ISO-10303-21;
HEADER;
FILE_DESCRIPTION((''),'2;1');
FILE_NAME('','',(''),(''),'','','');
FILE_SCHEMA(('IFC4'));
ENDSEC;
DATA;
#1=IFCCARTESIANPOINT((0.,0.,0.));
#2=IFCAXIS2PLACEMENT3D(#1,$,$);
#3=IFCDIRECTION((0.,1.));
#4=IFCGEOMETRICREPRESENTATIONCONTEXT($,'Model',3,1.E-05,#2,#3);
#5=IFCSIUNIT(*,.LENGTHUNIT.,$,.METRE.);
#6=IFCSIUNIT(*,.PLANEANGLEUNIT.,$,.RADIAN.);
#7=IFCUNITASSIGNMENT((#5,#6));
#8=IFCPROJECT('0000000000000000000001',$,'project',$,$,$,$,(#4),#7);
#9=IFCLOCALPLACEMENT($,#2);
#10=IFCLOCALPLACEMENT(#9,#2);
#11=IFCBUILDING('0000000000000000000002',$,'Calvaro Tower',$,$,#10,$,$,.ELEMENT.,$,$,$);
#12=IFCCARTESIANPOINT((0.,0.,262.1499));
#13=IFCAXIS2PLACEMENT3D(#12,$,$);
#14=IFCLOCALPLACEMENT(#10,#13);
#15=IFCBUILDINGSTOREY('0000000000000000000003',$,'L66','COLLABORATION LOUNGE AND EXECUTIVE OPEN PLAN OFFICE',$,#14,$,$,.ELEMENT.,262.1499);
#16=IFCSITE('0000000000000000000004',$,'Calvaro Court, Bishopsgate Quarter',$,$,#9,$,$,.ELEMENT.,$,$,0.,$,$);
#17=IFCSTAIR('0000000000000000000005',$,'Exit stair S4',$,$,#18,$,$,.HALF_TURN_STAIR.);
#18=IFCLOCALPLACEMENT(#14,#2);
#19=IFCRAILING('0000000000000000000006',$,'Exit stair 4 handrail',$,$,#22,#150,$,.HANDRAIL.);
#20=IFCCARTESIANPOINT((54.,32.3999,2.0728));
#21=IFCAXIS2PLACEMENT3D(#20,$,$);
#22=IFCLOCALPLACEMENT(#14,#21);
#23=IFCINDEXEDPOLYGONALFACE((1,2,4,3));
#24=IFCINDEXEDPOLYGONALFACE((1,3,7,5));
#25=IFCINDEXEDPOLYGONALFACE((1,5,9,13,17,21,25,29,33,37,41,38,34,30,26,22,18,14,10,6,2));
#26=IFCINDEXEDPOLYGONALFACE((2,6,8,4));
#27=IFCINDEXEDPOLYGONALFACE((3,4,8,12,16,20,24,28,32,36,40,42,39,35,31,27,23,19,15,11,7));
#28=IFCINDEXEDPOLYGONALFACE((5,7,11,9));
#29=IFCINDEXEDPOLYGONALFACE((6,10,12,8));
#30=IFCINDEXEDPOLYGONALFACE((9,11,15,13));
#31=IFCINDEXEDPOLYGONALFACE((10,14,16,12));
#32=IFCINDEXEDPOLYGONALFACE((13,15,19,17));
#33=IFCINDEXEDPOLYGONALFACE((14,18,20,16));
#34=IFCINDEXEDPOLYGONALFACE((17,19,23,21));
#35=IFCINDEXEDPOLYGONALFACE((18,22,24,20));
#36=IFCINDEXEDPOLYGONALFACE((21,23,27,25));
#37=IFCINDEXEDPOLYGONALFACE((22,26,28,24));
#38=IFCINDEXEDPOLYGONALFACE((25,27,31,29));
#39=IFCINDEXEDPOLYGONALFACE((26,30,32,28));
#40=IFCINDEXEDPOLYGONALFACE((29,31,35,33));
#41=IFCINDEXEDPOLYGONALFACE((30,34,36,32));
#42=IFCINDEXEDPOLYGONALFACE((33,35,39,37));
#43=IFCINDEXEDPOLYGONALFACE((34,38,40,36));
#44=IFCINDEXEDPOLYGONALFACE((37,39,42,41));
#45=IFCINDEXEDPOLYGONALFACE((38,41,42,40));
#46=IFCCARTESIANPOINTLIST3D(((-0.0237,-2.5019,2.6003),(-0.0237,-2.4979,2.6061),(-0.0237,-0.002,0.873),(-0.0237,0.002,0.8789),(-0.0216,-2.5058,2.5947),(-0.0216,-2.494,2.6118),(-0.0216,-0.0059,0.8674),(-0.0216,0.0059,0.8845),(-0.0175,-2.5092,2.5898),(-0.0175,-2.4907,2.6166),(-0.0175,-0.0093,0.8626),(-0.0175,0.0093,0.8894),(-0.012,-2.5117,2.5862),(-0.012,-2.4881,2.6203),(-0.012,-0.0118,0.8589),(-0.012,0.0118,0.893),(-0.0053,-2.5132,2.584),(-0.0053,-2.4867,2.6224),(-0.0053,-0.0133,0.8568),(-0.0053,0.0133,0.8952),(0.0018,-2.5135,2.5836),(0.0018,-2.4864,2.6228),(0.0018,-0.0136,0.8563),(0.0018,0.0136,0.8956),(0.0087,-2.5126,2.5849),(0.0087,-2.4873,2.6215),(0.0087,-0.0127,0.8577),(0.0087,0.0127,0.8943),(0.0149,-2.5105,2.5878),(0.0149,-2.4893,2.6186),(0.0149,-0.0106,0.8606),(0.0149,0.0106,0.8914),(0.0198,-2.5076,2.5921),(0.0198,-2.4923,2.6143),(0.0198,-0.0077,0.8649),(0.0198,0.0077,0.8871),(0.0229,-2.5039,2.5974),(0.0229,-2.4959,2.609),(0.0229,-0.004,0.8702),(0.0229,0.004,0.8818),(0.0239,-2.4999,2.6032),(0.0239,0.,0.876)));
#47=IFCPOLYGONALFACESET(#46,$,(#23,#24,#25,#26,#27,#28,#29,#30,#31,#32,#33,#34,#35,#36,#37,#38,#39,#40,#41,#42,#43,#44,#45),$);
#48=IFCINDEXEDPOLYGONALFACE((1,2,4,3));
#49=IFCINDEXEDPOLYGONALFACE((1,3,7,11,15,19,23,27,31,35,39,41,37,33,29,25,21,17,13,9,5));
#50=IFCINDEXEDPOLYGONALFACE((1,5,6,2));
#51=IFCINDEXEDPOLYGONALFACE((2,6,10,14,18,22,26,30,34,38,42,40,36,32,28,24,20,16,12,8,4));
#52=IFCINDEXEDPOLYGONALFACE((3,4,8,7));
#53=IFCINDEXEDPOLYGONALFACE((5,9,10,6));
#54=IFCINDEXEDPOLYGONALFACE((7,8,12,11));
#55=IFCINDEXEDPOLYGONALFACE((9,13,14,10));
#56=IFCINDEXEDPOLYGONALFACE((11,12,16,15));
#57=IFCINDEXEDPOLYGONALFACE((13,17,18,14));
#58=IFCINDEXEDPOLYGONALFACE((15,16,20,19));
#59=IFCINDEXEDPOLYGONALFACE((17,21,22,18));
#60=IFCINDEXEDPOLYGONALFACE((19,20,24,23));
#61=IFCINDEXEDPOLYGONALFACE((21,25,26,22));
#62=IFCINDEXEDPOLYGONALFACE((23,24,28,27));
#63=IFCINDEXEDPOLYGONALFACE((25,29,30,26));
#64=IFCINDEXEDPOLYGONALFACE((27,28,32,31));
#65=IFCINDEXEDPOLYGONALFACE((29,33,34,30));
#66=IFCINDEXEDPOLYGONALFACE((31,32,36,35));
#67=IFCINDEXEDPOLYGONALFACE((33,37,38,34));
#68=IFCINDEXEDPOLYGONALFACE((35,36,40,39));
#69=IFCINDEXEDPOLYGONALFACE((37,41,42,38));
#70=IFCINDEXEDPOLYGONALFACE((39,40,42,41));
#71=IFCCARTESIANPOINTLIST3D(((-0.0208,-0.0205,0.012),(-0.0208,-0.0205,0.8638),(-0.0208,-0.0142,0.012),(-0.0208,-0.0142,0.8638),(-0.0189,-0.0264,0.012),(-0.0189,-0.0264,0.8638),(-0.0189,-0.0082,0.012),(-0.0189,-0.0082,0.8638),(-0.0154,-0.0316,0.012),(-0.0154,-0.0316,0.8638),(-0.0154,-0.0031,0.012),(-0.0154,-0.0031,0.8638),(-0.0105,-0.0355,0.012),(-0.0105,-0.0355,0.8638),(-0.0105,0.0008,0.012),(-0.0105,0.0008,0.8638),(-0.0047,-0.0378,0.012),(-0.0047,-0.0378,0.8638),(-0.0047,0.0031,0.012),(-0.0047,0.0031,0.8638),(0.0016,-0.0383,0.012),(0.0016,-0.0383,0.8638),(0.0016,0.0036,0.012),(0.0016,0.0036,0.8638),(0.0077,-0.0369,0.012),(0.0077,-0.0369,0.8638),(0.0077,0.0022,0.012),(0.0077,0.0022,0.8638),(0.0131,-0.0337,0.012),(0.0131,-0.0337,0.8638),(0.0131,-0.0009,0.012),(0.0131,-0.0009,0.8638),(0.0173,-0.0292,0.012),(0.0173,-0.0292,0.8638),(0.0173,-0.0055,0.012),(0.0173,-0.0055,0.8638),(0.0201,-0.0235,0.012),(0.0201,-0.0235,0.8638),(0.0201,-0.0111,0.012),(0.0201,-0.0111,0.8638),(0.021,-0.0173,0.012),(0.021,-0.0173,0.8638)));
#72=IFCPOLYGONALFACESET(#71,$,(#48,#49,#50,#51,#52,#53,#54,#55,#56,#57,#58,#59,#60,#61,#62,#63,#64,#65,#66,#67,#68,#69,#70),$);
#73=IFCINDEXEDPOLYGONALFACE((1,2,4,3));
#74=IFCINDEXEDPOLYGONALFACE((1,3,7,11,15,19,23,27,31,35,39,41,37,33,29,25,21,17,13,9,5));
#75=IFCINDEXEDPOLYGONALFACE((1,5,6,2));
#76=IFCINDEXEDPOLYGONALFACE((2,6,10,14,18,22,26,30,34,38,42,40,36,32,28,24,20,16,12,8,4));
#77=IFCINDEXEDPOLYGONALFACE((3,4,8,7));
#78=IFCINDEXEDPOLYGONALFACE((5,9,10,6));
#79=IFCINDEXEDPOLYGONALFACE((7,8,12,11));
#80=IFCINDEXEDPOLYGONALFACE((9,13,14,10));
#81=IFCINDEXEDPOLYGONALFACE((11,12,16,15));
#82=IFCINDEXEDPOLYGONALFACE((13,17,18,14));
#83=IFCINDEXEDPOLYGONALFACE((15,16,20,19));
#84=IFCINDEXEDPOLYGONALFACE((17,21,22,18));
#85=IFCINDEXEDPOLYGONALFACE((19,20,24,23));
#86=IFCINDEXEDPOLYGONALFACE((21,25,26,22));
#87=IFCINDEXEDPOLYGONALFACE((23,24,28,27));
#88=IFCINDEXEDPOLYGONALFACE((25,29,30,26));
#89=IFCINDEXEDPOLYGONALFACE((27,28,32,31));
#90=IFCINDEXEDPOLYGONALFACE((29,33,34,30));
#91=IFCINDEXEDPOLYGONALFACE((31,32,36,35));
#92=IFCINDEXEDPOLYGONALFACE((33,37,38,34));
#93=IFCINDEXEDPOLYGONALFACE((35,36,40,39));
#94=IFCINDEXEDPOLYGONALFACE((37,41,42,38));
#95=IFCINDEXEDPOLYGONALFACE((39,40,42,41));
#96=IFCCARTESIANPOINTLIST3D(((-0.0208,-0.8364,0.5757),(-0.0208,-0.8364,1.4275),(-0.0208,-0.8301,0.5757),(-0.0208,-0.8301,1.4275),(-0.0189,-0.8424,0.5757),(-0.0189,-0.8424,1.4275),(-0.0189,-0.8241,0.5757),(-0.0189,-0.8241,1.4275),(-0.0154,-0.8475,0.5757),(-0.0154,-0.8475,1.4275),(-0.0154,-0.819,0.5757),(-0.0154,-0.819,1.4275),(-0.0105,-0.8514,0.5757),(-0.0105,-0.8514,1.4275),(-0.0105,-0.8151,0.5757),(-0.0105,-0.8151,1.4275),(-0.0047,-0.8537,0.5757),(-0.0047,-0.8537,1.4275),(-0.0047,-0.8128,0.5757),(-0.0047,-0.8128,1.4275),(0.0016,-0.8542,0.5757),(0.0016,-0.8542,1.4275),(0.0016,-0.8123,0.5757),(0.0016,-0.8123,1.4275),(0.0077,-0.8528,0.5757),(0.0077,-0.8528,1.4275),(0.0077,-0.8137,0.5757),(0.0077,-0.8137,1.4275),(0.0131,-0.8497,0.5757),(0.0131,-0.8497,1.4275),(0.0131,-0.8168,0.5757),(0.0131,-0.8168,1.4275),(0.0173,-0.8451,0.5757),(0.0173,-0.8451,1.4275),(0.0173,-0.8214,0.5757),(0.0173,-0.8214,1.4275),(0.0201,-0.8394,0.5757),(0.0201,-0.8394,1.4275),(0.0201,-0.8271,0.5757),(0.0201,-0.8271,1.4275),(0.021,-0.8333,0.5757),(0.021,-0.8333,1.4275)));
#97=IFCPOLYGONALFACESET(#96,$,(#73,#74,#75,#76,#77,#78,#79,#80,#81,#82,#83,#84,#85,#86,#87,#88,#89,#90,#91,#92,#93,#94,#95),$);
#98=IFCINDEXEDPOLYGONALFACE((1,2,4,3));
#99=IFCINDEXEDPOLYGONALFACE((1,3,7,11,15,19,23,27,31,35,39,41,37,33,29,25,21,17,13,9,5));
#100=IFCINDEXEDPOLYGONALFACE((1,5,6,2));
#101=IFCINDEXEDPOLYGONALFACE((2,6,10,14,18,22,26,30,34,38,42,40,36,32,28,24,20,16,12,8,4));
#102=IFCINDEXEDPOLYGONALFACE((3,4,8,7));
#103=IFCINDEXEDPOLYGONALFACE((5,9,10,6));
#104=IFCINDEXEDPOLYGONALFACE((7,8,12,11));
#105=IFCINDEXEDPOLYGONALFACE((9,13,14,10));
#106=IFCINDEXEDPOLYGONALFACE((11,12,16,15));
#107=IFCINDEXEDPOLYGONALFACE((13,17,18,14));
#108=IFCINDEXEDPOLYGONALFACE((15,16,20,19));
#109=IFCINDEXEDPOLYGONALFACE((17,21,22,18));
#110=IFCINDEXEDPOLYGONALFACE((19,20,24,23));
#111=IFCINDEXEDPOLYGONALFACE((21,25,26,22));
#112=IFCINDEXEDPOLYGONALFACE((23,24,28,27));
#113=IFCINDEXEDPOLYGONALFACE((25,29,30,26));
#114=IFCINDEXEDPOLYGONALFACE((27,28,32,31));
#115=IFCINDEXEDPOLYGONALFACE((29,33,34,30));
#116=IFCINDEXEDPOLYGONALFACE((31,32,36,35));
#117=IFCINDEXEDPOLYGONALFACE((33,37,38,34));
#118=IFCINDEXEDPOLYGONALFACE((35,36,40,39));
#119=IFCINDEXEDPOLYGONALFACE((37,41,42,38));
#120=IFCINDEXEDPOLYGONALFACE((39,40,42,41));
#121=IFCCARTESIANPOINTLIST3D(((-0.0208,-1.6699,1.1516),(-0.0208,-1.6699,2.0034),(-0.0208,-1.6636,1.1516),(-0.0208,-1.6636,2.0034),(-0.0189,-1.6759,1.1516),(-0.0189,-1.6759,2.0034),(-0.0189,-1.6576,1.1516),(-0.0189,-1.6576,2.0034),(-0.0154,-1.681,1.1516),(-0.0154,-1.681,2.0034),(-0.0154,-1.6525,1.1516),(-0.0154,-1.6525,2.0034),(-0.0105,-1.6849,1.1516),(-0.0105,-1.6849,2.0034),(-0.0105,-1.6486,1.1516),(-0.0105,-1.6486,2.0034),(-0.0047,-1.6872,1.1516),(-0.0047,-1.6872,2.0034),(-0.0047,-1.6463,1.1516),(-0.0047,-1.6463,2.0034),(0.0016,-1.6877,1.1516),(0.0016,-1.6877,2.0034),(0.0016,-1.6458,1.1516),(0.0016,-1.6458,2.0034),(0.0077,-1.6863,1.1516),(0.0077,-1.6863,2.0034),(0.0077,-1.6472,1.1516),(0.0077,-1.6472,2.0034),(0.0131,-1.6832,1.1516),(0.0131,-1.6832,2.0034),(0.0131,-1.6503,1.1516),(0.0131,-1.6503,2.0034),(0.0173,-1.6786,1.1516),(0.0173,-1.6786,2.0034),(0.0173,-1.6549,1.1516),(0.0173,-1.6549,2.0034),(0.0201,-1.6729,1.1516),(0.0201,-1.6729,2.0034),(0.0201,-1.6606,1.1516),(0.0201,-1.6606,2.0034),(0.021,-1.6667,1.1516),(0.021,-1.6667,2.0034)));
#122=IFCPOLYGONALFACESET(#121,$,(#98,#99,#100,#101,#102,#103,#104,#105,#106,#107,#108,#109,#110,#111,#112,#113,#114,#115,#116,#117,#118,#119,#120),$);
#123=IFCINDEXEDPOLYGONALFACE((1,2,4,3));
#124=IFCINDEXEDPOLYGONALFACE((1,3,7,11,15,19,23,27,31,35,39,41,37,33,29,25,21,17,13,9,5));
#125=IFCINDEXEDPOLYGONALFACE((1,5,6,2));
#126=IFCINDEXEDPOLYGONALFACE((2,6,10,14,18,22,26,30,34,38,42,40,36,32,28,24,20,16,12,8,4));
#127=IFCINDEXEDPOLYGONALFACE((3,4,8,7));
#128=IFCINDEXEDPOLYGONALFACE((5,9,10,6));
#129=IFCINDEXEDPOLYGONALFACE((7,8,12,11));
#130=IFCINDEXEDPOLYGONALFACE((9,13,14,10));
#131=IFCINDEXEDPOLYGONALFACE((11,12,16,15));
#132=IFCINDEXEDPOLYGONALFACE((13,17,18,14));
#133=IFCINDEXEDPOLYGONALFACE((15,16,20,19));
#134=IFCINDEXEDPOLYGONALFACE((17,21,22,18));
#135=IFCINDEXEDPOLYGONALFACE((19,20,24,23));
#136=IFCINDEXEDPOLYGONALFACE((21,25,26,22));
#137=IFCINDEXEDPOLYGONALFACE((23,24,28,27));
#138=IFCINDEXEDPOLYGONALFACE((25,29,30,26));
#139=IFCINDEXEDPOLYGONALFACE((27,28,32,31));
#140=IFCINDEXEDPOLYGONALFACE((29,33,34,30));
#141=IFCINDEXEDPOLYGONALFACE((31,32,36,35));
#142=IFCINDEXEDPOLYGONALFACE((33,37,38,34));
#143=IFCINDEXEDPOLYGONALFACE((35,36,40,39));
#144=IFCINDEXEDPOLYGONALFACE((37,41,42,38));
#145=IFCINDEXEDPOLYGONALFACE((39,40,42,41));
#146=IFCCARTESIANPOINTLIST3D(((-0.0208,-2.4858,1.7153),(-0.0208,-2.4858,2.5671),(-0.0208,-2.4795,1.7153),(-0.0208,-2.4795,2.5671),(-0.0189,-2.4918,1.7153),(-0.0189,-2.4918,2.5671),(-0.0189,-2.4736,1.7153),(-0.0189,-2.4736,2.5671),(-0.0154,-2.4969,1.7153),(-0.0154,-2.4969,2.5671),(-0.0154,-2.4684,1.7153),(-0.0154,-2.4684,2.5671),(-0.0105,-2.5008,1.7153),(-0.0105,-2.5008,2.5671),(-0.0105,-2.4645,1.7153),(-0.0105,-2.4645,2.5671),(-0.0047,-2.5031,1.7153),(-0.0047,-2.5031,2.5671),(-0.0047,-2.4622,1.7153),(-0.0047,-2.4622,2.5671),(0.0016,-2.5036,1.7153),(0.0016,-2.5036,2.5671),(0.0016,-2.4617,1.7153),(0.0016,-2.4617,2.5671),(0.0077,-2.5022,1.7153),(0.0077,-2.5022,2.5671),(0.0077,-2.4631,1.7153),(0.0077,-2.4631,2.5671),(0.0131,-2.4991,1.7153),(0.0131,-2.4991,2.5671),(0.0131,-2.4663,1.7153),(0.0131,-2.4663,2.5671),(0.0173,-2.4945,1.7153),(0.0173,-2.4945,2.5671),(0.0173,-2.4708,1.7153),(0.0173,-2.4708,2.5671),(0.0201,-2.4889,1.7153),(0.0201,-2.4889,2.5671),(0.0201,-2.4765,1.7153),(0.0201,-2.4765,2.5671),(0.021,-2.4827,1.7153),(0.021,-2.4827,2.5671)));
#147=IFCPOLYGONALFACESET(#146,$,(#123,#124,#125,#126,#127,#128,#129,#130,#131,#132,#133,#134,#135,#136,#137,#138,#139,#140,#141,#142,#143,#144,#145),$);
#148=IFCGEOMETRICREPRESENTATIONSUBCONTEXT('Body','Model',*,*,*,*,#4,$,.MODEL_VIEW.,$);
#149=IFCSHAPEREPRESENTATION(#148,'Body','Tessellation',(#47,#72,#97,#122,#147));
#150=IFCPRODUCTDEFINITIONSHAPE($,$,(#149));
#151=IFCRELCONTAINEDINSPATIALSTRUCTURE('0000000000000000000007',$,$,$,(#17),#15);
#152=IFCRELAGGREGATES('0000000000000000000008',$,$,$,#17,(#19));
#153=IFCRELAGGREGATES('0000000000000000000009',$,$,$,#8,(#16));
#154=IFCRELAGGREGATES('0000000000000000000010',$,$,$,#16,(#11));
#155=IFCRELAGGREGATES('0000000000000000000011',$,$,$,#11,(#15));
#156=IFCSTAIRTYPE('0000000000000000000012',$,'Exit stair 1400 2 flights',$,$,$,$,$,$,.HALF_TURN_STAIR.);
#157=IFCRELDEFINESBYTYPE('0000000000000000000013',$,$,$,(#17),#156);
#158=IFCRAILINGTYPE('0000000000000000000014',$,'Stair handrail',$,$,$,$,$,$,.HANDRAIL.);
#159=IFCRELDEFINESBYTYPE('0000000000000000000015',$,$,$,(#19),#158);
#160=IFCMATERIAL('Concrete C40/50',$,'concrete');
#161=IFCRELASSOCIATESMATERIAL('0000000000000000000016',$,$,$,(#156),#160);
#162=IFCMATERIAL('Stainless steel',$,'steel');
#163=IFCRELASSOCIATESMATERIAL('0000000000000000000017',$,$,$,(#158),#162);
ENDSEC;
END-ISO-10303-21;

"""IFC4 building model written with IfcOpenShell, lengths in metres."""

from ifc_helpers import new_model, si_unit, direction, frame, origin, origin_2d, place, context, subcontext, project, spatial, circle, extrude, material, type_object, element, aggregate, save


model = new_model("IFC4")

# Units and contexts
model_context = context("Model", 3, precision=1e-05, world=origin(), true_north=direction((0.0, 1.0)))
body_context = subcontext(model_context, "Body", "Model", "MODEL_VIEW")
ifc_project = project(units=[si_unit("LENGTHUNIT", "METRE"), si_unit("PLANEANGLEUNIT", "RADIAN")], contexts=[model_context])

# Site, building, storey
site_placement = place(None, origin())
site = spatial("IfcSite", under=ifc_project, at=site_placement, Name="Calvaro Court, Bishopsgate Quarter", CompositionType="ELEMENT", RefElevation=0.0)
building_placement = place(site_placement, origin())
building = spatial("IfcBuilding", under=site, at=building_placement, Name="Calvaro Tower", CompositionType="ELEMENT")
storey_placement = place(building_placement, frame((0.0, 0.0, 262.1499)))
storey = spatial("IfcBuildingStorey", under=building, at=storey_placement, Name="L66", Description="COLLABORATION LOUNGE AND EXECUTIVE OPEN PLAN OFFICE", CompositionType="ELEMENT", Elevation=262.1499)

# Stair, railing
ifc_material_1 = material(Name="Concrete C40/50", Category="concrete")
stair_type = type_object("IfcStairType", Name="Exit stair 1400 2 flights", PredefinedType="HALF_TURN_STAIR", material=ifc_material_1)
stair_placement = place(storey_placement, origin())
stair = element("IfcStair", 1, at=stair_placement, inside=storey, type_object=stair_type, Name="Exit stair S4", PredefinedType="HALF_TURN_STAIR")
ifc_material_2 = material(Name="Stainless steel", Category="steel")
railing_type = type_object("IfcRailingType", Name="Stair handrail", PredefinedType="HANDRAIL", material=ifc_material_2)
railing_placement = place(storey_placement, frame((54.0, 32.3999, 2.0728)))
railing = element("IfcRailing", 2, at=railing_placement, type_object=railing_type, Name="Exit stair 4 handrail", PredefinedType="HANDRAIL", context=body_context, shape_type="SweptSolid", body=[
    extrude(circle(Radius=0.0239, at=origin_2d()), frame((0.0, 0.0, 0.876), z_axis=(0.0, -0.822727, 0.568437), x_axis=(1.0, 0.0, 0.0)), (0.0, 0.0, 1.0), 3.0386),
    extrude(circle(Radius=0.021, at=origin_2d()), frame((0.0, -0.0173, 0.012)), (0.0, 0.0, 1.0), 0.8518),
    extrude(circle(Radius=0.021, at=origin_2d()), frame((0.0, -0.8333, 0.5757)), (0.0, 0.0, 1.0), 0.8518),
    extrude(circle(Radius=0.021, at=origin_2d()), frame((0.0, -1.6667, 1.1516)), (0.0, 0.0, 1.0), 0.8518),
    extrude(circle(Radius=0.021, at=origin_2d()), frame((0.0, -2.4827, 1.7153)), (0.0, 0.0, 1.0), 0.8518),
])
aggregate(stair, [railing])

save(model, "model.ifc")
